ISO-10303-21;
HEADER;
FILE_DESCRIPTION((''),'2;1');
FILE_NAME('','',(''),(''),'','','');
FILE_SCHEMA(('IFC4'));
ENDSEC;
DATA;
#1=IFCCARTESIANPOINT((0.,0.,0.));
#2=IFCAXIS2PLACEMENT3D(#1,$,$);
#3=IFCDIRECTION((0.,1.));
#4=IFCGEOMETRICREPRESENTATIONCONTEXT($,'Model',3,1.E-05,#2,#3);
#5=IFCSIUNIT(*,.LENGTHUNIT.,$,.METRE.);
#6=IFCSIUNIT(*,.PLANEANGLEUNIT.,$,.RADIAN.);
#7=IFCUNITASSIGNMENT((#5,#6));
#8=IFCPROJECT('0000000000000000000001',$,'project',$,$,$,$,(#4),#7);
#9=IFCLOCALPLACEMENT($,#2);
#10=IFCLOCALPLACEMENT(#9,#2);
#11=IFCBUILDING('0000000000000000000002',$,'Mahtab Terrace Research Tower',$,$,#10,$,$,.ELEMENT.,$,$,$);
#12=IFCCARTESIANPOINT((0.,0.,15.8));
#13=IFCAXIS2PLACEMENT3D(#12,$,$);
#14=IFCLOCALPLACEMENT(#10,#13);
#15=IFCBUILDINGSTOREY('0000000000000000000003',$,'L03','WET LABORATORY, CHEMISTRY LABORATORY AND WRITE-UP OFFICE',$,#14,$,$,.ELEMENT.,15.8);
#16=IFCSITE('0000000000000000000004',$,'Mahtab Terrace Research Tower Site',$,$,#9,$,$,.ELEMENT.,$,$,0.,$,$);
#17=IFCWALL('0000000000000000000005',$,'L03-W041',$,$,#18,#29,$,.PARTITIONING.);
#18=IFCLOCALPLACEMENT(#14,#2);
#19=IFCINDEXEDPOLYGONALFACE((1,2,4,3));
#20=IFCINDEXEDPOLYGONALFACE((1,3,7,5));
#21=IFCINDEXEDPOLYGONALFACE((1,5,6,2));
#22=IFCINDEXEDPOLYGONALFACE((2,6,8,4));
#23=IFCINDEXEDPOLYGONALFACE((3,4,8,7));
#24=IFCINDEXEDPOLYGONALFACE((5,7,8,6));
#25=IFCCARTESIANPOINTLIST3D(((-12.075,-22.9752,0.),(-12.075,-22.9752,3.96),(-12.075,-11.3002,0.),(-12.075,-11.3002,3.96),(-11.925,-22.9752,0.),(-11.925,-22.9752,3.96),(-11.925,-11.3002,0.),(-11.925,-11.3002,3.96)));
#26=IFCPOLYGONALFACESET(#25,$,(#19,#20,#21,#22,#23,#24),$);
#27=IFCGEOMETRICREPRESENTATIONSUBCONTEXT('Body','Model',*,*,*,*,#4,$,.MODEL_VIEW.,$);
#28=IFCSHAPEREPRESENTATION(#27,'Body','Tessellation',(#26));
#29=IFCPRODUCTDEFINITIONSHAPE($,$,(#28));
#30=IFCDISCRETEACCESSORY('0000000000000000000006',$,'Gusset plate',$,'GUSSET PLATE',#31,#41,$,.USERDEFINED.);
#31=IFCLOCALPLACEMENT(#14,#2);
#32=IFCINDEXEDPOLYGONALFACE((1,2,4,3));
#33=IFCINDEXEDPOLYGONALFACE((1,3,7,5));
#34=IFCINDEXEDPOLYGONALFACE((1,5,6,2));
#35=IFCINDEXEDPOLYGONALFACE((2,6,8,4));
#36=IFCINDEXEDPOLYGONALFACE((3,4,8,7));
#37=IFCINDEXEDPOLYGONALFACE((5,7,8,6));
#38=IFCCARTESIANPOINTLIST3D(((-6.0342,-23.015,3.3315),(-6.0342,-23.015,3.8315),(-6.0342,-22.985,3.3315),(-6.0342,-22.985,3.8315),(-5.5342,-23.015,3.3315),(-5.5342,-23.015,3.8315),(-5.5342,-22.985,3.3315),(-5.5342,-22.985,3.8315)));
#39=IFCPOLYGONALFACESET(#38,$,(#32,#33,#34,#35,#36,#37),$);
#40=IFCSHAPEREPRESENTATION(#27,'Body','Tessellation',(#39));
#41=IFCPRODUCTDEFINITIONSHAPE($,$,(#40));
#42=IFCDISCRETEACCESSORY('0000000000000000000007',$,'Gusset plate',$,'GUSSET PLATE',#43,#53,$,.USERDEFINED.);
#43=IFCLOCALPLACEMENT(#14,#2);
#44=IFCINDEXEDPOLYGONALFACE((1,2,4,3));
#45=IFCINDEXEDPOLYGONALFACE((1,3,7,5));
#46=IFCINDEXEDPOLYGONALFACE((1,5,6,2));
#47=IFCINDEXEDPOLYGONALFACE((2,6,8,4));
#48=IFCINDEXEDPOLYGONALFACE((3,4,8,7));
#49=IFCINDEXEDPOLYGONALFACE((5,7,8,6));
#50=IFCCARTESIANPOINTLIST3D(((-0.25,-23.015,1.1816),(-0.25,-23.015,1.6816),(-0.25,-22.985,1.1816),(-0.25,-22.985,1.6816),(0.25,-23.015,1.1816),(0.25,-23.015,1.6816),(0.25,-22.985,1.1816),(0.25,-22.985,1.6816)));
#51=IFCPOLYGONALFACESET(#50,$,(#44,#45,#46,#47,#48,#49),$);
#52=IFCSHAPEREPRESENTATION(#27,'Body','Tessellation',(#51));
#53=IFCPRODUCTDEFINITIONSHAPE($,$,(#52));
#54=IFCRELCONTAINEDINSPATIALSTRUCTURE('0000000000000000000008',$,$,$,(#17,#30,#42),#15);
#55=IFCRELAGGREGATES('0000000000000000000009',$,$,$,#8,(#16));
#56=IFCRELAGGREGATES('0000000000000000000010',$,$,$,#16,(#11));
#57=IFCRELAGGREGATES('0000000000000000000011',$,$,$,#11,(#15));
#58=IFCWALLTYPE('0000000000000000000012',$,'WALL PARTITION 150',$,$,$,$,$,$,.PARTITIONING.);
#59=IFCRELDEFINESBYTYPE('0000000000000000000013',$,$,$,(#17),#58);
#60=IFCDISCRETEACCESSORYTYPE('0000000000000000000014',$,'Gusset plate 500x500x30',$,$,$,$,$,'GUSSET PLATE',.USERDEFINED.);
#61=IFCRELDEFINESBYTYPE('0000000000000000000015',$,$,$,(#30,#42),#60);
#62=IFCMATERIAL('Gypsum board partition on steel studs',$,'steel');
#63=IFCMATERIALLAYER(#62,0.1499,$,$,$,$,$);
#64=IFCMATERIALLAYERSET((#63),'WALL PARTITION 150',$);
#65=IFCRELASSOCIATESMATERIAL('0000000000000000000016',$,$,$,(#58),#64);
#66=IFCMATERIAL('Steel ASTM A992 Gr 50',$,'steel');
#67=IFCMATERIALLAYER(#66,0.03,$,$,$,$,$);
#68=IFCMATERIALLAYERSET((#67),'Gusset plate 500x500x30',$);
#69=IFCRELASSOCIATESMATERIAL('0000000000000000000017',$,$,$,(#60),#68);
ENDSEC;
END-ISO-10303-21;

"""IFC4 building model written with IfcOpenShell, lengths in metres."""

from ifc_helpers import new_model, si_unit, direction, frame, frame_2d, origin, origin_2d, place, context, subcontext, project, spatial, rectangle, extrude, material, layer, layer_set, type_object, element, save


model = new_model("IFC4")

# Units and contexts
model_context = context("Model", 3, precision=1e-05, world=origin(), true_north=direction((0.0, 1.0)))
body_context = subcontext(model_context, "Body", "Model", "MODEL_VIEW")
ifc_project = project(units=[si_unit("LENGTHUNIT", "METRE"), si_unit("PLANEANGLEUNIT", "RADIAN")], contexts=[model_context])

# Site, building, storey
site_placement = place(None, origin())
site = spatial("IfcSite", under=ifc_project, at=site_placement, Name="Mahtab Terrace Research Tower Site", CompositionType="ELEMENT", RefElevation=0.0)
building_placement = place(site_placement, origin())
building = spatial("IfcBuilding", under=site, at=building_placement, Name="Mahtab Terrace Research Tower", CompositionType="ELEMENT")
storey_placement = place(building_placement, frame((0.0, 0.0, 15.8)))
storey = spatial("IfcBuildingStorey", under=building, at=storey_placement, Name="L03", Description="WET LABORATORY, CHEMISTRY LABORATORY AND WRITE-UP OFFICE", CompositionType="ELEMENT", Elevation=15.8)

# Wall
ifc_material_1 = material(Name="Gypsum board partition on steel studs", Category="steel")
ifc_layer_1 = layer(ifc_material_1, 0.1499)
ifc_layer_set_1 = layer_set([ifc_layer_1], Name="WALL PARTITION 150")
wall_type_1 = type_object("IfcWallType", Name="WALL PARTITION 150", PredefinedType="PARTITIONING", material=ifc_layer_set_1)
wall_1_placement = place(storey_placement, frame((-12.0, -22.9751, 0.0), z_axis=(0.0, 0.0, 1.0), x_axis=(0.0, 1.0, 0.0)))
element("IfcWall", 1, at=wall_1_placement, inside=storey, type_object=wall_type_1, Name="L03-W041", PredefinedType="PARTITIONING", context=body_context, shape_type="SweptSolid", body=[
    extrude(rectangle(XDim=11.675, YDim=0.1499, at=frame_2d((5.8374, 0.0))), origin(), (0.0, 0.0, 1.0), 3.96),
])

# Discrete accessories
ifc_material_2 = material(Name="Steel ASTM A992 Gr 50", Category="steel")
ifc_layer_2 = layer(ifc_material_2, 0.03)
ifc_layer_set_2 = layer_set([ifc_layer_2], Name="Gusset plate 500x500x30")
discrete_accessory_type = type_object("IfcDiscreteAccessoryType", Name="Gusset plate 500x500x30", ElementType="GUSSET PLATE", PredefinedType="USERDEFINED", material=ifc_layer_set_2)
for number, where, z_axis, x_axis, name in (
    (2, (-5.7842, -23.0, 3.3315), (0.0, 0.0, 1.0), (1.0, 0.0, 0.0), "Gusset plate"),
    (3, (0.0, -23.0, 1.1816), (0.0, 0.0, 1.0), (1.0, 0.0, 0.0), "Gusset plate"),
):
    element("IfcDiscreteAccessory", number, at=place(storey_placement, frame(where, z_axis=z_axis, x_axis=x_axis)), inside=storey, type_object=discrete_accessory_type, Name=name, ObjectType="GUSSET PLATE", PredefinedType="USERDEFINED", context=body_context, shape_type="SweptSolid", body=[
        extrude(rectangle(XDim=0.5, YDim=0.03, at=origin_2d()), origin(), (0.0, 0.0, 1.0), 0.5),
    ])

save(model, "model.ifc")
